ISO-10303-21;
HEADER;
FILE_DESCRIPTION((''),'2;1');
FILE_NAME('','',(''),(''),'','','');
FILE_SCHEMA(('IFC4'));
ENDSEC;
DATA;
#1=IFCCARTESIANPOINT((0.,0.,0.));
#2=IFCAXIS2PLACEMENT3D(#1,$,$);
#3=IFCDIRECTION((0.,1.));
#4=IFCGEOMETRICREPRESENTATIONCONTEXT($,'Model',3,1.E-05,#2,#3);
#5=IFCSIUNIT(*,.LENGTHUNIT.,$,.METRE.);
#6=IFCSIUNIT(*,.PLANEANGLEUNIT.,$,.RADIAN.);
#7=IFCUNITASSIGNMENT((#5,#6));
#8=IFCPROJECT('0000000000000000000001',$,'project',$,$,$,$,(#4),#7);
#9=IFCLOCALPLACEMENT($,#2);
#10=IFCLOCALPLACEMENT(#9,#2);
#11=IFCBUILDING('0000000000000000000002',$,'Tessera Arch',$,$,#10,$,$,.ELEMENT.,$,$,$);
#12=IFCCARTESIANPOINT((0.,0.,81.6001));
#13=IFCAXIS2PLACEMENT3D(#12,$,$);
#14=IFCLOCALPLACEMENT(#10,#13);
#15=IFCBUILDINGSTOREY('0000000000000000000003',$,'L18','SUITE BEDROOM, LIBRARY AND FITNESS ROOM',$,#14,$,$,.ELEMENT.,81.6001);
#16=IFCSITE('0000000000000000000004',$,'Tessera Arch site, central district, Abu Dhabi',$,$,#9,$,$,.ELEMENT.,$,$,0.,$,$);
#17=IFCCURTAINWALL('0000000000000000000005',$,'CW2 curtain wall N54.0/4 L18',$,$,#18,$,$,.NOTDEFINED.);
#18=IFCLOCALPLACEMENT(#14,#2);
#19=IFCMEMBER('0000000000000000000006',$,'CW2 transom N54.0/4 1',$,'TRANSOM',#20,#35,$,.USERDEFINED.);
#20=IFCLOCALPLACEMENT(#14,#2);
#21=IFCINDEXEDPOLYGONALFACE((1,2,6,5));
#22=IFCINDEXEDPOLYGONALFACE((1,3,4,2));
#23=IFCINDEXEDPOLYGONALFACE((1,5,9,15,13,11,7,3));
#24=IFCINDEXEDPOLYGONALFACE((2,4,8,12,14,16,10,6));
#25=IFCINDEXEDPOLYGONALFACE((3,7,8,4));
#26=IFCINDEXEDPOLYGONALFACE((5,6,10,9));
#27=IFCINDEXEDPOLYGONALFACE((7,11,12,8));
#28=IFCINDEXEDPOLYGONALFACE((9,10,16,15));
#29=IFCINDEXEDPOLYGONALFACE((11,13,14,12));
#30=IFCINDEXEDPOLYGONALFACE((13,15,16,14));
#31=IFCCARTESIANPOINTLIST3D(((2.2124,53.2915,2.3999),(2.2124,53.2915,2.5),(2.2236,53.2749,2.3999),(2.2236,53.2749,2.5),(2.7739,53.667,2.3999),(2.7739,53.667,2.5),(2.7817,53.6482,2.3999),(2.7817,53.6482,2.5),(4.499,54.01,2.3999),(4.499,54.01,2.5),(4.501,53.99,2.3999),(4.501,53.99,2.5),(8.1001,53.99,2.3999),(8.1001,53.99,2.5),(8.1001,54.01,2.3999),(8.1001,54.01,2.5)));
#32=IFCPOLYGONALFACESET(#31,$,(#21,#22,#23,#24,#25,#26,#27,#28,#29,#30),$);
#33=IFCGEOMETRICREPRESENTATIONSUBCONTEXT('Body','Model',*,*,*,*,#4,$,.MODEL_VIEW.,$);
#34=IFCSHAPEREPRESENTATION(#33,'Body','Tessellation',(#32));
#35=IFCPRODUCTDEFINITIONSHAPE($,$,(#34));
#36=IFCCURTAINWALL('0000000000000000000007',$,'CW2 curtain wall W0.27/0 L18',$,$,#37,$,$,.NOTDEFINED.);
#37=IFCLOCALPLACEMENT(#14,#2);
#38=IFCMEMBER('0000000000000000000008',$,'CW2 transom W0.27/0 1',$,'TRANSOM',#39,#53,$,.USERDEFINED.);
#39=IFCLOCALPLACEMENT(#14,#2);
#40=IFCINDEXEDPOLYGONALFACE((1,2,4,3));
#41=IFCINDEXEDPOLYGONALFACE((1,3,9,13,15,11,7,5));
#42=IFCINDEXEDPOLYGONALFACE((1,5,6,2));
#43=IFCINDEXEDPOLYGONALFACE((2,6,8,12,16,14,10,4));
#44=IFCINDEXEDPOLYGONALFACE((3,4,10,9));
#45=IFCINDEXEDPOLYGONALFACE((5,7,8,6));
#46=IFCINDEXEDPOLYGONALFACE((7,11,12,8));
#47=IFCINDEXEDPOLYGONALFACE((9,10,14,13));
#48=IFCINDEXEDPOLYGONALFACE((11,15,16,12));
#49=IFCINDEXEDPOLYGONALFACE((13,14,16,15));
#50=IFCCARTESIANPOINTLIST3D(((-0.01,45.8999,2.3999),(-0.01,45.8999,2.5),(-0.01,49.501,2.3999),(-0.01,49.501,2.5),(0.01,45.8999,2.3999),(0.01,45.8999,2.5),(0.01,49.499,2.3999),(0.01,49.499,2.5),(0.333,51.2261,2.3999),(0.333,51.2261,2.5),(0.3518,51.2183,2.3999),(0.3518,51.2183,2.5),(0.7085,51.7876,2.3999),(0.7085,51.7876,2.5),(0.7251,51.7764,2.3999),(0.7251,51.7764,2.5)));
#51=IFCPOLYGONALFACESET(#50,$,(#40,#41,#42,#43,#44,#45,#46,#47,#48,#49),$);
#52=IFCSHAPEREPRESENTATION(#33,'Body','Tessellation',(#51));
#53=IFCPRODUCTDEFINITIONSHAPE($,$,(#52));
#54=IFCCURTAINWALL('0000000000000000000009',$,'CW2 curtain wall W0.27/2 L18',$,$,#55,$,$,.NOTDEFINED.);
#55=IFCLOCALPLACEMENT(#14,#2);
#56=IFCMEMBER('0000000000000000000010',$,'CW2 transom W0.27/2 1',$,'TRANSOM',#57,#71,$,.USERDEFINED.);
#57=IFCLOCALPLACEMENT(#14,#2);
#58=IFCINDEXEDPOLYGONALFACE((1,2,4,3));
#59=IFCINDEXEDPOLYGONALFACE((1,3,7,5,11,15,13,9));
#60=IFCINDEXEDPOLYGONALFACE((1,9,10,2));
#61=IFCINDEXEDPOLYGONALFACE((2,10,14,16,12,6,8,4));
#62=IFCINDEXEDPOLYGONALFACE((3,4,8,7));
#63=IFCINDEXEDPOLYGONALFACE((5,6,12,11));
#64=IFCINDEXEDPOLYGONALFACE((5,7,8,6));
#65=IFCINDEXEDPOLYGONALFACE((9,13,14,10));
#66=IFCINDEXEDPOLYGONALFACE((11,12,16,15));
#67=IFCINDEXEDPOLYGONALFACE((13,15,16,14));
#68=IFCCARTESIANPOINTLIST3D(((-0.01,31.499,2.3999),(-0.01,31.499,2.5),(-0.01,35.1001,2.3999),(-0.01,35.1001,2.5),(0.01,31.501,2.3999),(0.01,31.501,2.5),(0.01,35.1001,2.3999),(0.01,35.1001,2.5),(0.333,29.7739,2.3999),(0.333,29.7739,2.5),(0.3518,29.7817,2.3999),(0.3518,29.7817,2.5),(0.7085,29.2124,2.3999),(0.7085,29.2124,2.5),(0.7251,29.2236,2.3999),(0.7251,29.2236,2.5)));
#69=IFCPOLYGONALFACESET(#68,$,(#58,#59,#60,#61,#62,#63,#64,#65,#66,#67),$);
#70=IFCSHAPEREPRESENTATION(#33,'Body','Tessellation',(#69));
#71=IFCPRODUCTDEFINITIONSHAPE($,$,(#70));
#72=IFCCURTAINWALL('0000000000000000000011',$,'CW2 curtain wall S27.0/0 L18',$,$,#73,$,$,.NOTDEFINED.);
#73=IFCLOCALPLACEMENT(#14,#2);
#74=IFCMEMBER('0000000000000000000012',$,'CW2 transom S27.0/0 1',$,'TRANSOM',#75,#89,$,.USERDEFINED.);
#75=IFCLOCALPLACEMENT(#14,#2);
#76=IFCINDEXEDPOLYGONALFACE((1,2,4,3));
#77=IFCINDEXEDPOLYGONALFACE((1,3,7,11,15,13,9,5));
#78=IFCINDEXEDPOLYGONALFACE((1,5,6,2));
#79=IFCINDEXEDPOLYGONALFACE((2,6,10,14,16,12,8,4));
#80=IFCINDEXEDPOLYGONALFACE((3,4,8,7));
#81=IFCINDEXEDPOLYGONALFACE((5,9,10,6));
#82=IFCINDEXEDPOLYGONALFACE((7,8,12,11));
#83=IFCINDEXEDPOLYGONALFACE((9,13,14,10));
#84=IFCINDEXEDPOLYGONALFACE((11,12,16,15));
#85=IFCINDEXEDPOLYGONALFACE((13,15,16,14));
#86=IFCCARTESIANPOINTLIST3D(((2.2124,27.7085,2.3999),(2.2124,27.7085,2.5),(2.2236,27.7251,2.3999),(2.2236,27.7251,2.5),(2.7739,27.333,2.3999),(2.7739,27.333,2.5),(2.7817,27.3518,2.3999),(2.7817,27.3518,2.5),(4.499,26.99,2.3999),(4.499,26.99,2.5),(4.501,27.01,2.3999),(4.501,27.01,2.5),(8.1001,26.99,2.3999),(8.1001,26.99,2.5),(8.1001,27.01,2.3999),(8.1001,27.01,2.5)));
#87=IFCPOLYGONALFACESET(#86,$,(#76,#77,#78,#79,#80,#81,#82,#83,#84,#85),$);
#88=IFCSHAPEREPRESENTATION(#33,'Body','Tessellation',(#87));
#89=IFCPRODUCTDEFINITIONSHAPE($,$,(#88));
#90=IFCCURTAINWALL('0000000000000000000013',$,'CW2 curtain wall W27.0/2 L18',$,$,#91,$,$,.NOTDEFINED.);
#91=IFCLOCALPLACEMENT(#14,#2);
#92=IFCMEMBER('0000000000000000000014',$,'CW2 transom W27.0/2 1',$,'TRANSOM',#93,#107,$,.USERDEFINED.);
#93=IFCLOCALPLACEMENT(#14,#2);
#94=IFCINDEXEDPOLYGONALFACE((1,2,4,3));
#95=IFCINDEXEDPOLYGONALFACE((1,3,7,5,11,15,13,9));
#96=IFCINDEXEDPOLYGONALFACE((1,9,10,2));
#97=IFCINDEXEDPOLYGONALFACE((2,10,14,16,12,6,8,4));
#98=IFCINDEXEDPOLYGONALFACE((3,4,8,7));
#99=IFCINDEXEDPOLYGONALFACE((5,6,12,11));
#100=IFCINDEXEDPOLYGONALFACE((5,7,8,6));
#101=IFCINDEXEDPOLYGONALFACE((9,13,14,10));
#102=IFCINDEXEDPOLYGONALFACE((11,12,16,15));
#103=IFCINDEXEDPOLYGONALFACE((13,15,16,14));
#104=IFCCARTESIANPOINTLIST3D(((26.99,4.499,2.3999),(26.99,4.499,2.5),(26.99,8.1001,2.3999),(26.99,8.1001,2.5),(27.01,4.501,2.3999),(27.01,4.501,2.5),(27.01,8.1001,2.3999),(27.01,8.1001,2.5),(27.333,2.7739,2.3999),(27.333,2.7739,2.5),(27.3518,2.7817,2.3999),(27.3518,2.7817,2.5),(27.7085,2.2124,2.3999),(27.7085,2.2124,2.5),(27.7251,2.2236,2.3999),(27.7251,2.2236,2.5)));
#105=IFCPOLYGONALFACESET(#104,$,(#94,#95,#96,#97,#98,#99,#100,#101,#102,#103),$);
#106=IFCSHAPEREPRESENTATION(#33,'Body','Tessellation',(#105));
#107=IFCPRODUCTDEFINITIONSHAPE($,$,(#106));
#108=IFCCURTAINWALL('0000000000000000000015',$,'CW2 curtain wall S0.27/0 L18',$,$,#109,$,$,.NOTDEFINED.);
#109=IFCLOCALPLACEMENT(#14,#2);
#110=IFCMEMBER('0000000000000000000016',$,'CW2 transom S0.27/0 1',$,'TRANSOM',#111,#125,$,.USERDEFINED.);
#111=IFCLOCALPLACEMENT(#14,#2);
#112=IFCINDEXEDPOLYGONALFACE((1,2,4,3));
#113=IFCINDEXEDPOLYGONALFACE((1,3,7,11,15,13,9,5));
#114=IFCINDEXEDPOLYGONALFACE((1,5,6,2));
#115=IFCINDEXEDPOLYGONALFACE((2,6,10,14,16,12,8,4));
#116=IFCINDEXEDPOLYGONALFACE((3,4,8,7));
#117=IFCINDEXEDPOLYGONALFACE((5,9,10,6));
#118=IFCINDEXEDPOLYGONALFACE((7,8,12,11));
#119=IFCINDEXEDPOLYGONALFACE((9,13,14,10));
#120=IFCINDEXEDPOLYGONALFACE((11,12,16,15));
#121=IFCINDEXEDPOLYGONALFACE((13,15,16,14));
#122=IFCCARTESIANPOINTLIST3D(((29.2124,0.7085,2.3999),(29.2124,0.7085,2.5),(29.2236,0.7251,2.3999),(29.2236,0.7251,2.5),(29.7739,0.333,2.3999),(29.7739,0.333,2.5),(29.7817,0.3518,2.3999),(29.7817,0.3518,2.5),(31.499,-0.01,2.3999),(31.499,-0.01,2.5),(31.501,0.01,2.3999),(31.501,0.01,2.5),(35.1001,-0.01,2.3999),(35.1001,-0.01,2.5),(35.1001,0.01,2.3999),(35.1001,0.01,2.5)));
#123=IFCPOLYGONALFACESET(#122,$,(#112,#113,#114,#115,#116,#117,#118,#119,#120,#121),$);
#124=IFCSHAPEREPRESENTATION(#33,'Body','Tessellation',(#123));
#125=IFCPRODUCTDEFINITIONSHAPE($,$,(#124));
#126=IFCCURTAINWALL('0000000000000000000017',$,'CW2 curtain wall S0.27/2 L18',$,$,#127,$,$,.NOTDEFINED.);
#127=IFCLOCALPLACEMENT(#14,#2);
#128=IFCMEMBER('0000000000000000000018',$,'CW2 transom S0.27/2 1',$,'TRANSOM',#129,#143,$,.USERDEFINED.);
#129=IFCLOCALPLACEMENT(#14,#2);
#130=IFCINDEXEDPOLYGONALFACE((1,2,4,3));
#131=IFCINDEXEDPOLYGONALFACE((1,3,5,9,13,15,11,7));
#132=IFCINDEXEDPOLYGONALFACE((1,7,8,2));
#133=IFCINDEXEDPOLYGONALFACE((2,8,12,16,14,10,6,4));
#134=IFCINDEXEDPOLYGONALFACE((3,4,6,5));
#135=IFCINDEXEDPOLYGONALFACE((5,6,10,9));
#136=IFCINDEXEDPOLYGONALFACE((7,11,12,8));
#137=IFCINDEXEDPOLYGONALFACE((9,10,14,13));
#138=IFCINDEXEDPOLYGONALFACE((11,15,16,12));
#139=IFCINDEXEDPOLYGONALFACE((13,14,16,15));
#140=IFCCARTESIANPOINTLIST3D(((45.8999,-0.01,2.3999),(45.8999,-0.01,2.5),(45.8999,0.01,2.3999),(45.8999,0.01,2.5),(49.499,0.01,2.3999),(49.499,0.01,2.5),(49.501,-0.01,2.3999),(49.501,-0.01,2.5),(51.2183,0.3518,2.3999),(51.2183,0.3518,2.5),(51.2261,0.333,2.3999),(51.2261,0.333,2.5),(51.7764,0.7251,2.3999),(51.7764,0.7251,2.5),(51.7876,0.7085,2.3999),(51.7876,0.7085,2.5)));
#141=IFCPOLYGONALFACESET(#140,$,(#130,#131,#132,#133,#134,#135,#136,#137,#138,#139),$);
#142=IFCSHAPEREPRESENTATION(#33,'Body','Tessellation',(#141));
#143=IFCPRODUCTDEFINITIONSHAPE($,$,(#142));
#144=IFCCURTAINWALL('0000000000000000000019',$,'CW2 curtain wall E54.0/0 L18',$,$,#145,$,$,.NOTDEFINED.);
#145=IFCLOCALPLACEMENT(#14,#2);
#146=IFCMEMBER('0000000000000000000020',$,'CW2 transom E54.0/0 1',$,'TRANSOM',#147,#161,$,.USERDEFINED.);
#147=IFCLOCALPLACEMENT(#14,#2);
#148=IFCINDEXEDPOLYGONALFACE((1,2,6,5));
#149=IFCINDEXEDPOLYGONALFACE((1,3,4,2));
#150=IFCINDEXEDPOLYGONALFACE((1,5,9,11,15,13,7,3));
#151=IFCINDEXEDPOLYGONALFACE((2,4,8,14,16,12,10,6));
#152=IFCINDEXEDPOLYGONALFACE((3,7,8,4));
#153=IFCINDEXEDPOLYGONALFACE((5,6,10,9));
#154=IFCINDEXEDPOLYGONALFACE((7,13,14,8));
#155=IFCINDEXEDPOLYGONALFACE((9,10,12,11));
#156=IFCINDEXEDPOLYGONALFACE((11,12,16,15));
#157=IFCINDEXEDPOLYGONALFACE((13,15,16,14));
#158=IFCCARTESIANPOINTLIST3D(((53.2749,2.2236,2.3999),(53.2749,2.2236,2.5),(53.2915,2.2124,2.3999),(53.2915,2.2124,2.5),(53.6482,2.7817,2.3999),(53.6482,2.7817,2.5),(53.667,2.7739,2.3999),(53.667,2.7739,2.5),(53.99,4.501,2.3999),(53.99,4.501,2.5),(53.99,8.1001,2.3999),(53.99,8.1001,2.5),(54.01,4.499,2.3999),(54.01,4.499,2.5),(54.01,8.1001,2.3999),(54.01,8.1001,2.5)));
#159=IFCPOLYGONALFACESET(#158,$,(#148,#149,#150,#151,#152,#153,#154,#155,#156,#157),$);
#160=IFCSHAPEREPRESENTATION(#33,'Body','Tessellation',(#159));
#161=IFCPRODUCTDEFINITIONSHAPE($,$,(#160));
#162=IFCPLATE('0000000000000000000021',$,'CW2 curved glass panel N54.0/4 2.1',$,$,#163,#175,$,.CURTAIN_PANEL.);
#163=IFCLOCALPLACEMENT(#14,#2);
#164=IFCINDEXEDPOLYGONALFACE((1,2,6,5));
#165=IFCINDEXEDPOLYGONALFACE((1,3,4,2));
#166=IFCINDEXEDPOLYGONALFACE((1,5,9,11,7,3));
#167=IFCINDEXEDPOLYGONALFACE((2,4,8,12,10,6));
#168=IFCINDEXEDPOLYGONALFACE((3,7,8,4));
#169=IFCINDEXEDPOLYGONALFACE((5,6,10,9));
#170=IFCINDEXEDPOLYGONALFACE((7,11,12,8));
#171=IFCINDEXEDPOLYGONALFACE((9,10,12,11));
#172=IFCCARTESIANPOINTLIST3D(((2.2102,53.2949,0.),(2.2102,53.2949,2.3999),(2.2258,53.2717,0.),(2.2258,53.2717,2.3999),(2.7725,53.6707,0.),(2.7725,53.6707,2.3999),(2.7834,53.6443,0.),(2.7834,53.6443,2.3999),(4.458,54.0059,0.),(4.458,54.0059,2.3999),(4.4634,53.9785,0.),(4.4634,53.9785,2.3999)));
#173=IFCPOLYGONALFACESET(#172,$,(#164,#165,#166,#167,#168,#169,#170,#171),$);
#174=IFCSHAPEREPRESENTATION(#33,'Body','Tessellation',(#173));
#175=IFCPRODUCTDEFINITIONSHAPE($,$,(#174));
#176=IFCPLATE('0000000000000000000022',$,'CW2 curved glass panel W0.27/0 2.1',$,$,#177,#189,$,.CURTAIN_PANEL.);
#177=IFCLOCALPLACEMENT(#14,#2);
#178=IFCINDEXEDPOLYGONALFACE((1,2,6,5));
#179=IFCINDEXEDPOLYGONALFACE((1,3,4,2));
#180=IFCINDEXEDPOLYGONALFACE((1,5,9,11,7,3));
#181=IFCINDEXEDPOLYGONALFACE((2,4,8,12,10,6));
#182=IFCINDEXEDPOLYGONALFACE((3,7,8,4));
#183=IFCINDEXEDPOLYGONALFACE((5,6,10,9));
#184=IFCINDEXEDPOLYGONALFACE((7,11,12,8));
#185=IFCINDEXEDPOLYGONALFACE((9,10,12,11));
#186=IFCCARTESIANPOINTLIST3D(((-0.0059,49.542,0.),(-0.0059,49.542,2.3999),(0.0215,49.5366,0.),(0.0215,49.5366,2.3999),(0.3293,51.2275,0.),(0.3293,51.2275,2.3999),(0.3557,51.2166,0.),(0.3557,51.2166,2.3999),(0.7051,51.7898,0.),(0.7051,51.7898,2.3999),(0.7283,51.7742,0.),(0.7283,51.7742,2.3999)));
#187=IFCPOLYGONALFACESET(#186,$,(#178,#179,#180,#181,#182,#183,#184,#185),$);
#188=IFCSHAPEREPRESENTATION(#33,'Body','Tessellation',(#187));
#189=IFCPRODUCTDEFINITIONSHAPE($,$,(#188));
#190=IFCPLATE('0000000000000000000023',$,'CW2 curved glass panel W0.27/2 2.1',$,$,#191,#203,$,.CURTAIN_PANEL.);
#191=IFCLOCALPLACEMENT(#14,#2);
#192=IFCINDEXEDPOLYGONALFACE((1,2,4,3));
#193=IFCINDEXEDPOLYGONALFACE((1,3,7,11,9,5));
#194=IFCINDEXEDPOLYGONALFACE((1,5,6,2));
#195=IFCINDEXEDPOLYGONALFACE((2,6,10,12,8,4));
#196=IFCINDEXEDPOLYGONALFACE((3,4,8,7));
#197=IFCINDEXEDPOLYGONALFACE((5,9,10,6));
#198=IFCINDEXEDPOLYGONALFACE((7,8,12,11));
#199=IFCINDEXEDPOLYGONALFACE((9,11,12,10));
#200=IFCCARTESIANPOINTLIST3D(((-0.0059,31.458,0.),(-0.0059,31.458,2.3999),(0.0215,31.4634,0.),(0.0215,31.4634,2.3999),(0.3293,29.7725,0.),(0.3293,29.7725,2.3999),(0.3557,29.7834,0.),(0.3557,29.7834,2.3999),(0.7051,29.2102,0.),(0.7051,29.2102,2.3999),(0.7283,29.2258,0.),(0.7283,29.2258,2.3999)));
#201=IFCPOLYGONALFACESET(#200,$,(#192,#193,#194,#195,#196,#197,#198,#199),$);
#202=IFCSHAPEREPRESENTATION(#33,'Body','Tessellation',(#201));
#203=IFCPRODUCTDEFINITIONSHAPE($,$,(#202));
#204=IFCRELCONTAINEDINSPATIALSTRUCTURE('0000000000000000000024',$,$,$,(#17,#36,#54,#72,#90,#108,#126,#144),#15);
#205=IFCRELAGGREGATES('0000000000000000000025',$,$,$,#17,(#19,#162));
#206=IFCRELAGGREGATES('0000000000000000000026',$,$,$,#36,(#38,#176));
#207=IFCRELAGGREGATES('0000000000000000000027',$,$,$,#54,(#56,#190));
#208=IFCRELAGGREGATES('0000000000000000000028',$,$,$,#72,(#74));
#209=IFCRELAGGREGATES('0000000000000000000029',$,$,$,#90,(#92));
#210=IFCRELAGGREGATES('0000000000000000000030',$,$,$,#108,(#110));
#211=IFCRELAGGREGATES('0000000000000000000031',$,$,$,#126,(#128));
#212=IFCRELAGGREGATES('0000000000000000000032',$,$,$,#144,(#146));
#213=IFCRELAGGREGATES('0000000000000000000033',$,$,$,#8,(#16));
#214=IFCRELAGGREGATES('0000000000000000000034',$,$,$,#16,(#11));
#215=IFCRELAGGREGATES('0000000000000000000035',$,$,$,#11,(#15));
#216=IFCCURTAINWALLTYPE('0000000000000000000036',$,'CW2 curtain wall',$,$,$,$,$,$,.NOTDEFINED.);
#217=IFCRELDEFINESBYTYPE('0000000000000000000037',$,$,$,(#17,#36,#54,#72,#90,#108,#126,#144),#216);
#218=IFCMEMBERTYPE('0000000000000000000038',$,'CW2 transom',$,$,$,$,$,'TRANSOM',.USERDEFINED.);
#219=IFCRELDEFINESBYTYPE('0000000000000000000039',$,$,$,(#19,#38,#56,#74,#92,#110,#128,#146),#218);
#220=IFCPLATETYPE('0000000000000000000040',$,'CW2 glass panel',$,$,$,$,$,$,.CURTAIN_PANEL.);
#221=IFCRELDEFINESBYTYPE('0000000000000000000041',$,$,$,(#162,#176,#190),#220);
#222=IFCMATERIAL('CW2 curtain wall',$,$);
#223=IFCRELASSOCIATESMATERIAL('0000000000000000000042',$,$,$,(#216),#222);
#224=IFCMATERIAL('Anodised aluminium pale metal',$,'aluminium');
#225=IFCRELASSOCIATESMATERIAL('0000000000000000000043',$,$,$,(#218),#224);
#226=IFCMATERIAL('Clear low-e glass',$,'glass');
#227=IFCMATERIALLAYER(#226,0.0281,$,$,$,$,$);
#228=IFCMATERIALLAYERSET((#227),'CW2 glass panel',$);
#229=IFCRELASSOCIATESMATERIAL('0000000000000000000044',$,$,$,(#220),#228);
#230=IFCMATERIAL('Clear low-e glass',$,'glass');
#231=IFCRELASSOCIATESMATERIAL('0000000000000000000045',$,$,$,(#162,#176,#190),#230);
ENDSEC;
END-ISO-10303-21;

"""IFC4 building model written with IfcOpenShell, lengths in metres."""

from ifc_helpers import new_model, si_unit, direction, frame, origin, origin_2d, place, context, subcontext, project, spatial, polyline, rectangle, outline, extrude, material, layer, layer_set, material_profile, profile_set, type_object, element, aggregate, save


model = new_model("IFC4")

# Units and contexts
model_context = context("Model", 3, precision=1e-05, world=origin(), true_north=direction((0.0, 1.0)))
body_context = subcontext(model_context, "Body", "Model", "MODEL_VIEW")
ifc_project = project(units=[si_unit("LENGTHUNIT", "METRE"), si_unit("PLANEANGLEUNIT", "RADIAN")], contexts=[model_context])

# Site, building, storey
site_placement = place(None, origin())
site = spatial("IfcSite", under=ifc_project, at=site_placement, Name="Tessera Arch site, central district, Abu Dhabi", CompositionType="ELEMENT", RefElevation=0.0)
building_placement = place(site_placement, origin())
building = spatial("IfcBuilding", under=site, at=building_placement, Name="Tessera Arch", CompositionType="ELEMENT")
storey_placement = place(building_placement, frame((0.0, 0.0, 81.6001)))
storey = spatial("IfcBuildingStorey", under=building, at=storey_placement, Name="L18", Description="SUITE BEDROOM, LIBRARY AND FITNESS ROOM", CompositionType="ELEMENT", Elevation=81.6001)

# Curtain walls, members
ifc_material_1 = material(Name="CW2 curtain wall")
curtain_wall_type = type_object("IfcCurtainWallType", Name="CW2 curtain wall", PredefinedType="NOTDEFINED", material=ifc_material_1)
curtain_wall_1_placement = place(storey_placement, origin())
curtain_wall_1 = element("IfcCurtainWall", 1, at=curtain_wall_1_placement, inside=storey, type_object=curtain_wall_type, Name="CW2 curtain wall N54.0/4 L18", PredefinedType="NOTDEFINED")
ifc_material_2 = material(Name="Anodised aluminium pale metal", Category="aluminium")
ifc_material_profile = material_profile(ifc_material_2, rectangle(XDim=0.2, YDim=0.1001, at=origin_2d()), Name="AL 200x100")
ifc_profile_set = profile_set([ifc_material_profile], Name="Anodised aluminium pale metal")
member_type = type_object("IfcMemberType", Name="CW2 transom", ElementType="TRANSOM", PredefinedType="USERDEFINED", material=ifc_profile_set)
member_1_placement = place(storey_placement, frame((0.0, 0.0, 2.3999)))
member_1 = element("IfcMember", 2, at=member_1_placement, type_object=member_type, Name="CW2 transom N54.0/4 1", ObjectType="TRANSOM", PredefinedType="USERDEFINED", context=body_context, shape_type="SweptSolid", body=[
    extrude(outline(polyline([(4.501, 53.99), (8.1001, 53.99), (8.1001, 54.01), (4.499, 54.01), (2.7739, 53.667), (2.2124, 53.2915), (2.2236, 53.2749), (2.7817, 53.6482), (4.501, 53.99)])), origin(), (0.0, 0.0, 1.0), 0.1001),
])
curtain_wall_2_placement = place(storey_placement, origin())
curtain_wall_2 = element("IfcCurtainWall", 3, at=curtain_wall_2_placement, inside=storey, type_object=curtain_wall_type, Name="CW2 curtain wall W0.27/0 L18", PredefinedType="NOTDEFINED")
member_2_placement = place(storey_placement, frame((0.0, 0.0, 2.3999)))
member_2 = element("IfcMember", 4, at=member_2_placement, type_object=member_type, Name="CW2 transom W0.27/0 1", ObjectType="TRANSOM", PredefinedType="USERDEFINED", context=body_context, shape_type="SweptSolid", body=[
    extrude(outline(polyline([(0.3518, 51.2183), (0.7251, 51.7764), (0.7085, 51.7876), (0.333, 51.2261), (-0.01, 49.501), (-0.01, 45.8999), (0.01, 45.8999), (0.01, 49.499), (0.3518, 51.2183)])), origin(), (0.0, 0.0, 1.0), 0.1001),
])
curtain_wall_3_placement = place(storey_placement, origin())
curtain_wall_3 = element("IfcCurtainWall", 5, at=curtain_wall_3_placement, inside=storey, type_object=curtain_wall_type, Name="CW2 curtain wall W0.27/2 L18", PredefinedType="NOTDEFINED")
member_3_placement = place(storey_placement, frame((0.0, 0.0, 2.3999)))
member_3 = element("IfcMember", 6, at=member_3_placement, type_object=member_type, Name="CW2 transom W0.27/2 1", ObjectType="TRANSOM", PredefinedType="USERDEFINED", context=body_context, shape_type="SweptSolid", body=[
    extrude(outline(polyline([(0.01, 31.501), (0.01, 35.1001), (-0.01, 35.1001), (-0.01, 31.499), (0.333, 29.7739), (0.7085, 29.2124), (0.7251, 29.2236), (0.3518, 29.7817), (0.01, 31.501)])), origin(), (0.0, 0.0, 1.0), 0.1001),
])
curtain_wall_4_placement = place(storey_placement, origin())
curtain_wall_4 = element("IfcCurtainWall", 7, at=curtain_wall_4_placement, inside=storey, type_object=curtain_wall_type, Name="CW2 curtain wall S27.0/0 L18", PredefinedType="NOTDEFINED")
member_4_placement = place(storey_placement, frame((0.0, 0.0, 2.3999)))
member_4 = element("IfcMember", 8, at=member_4_placement, type_object=member_type, Name="CW2 transom S27.0/0 1", ObjectType="TRANSOM", PredefinedType="USERDEFINED", context=body_context, shape_type="SweptSolid", body=[
    extrude(outline(polyline([(2.7817, 27.3518), (2.2236, 27.7251), (2.2124, 27.7085), (2.7739, 27.333), (4.499, 26.99), (8.1001, 26.99), (8.1001, 27.01), (4.501, 27.01), (2.7817, 27.3518)])), origin(), (0.0, 0.0, 1.0), 0.1001),
])
curtain_wall_5_placement = place(storey_placement, origin())
curtain_wall_5 = element("IfcCurtainWall", 9, at=curtain_wall_5_placement, inside=storey, type_object=curtain_wall_type, Name="CW2 curtain wall W27.0/2 L18", PredefinedType="NOTDEFINED")
member_5_placement = place(storey_placement, frame((0.0, 0.0, 2.3999)))
member_5 = element("IfcMember", 10, at=member_5_placement, type_object=member_type, Name="CW2 transom W27.0/2 1", ObjectType="TRANSOM", PredefinedType="USERDEFINED", context=body_context, shape_type="SweptSolid", body=[
    extrude(outline(polyline([(27.01, 4.501), (27.01, 8.1001), (26.99, 8.1001), (26.99, 4.499), (27.333, 2.7739), (27.7085, 2.2124), (27.7251, 2.2236), (27.3518, 2.7817), (27.01, 4.501)])), origin(), (0.0, 0.0, 1.0), 0.1001),
])
curtain_wall_6_placement = place(storey_placement, origin())
curtain_wall_6 = element("IfcCurtainWall", 11, at=curtain_wall_6_placement, inside=storey, type_object=curtain_wall_type, Name="CW2 curtain wall S0.27/0 L18", PredefinedType="NOTDEFINED")
member_6_placement = place(storey_placement, frame((0.0, 0.0, 2.3999)))
member_6 = element("IfcMember", 12, at=member_6_placement, type_object=member_type, Name="CW2 transom S0.27/0 1", ObjectType="TRANSOM", PredefinedType="USERDEFINED", context=body_context, shape_type="SweptSolid", body=[
    extrude(outline(polyline([(29.7817, 0.3518), (29.2236, 0.7251), (29.2124, 0.7085), (29.7739, 0.333), (31.499, -0.01), (35.1001, -0.01), (35.1001, 0.01), (31.501, 0.01), (29.7817, 0.3518)])), origin(), (0.0, 0.0, 1.0), 0.1001),
])
curtain_wall_7_placement = place(storey_placement, origin())
curtain_wall_7 = element("IfcCurtainWall", 13, at=curtain_wall_7_placement, inside=storey, type_object=curtain_wall_type, Name="CW2 curtain wall S0.27/2 L18", PredefinedType="NOTDEFINED")
member_7_placement = place(storey_placement, frame((0.0, 0.0, 2.3999)))
member_7 = element("IfcMember", 14, at=member_7_placement, type_object=member_type, Name="CW2 transom S0.27/2 1", ObjectType="TRANSOM", PredefinedType="USERDEFINED", context=body_context, shape_type="SweptSolid", body=[
    extrude(outline(polyline([(49.499, 0.01), (45.8999, 0.01), (45.8999, -0.01), (49.501, -0.01), (51.2261, 0.333), (51.7876, 0.7085), (51.7764, 0.7251), (51.2183, 0.3518), (49.499, 0.01)])), origin(), (0.0, 0.0, 1.0), 0.1001),
])
curtain_wall_8_placement = place(storey_placement, origin())
curtain_wall_8 = element("IfcCurtainWall", 15, at=curtain_wall_8_placement, inside=storey, type_object=curtain_wall_type, Name="CW2 curtain wall E54.0/0 L18", PredefinedType="NOTDEFINED")
member_8_placement = place(storey_placement, frame((0.0, 0.0, 2.3999)))
member_8 = element("IfcMember", 16, at=member_8_placement, type_object=member_type, Name="CW2 transom E54.0/0 1", ObjectType="TRANSOM", PredefinedType="USERDEFINED", context=body_context, shape_type="SweptSolid", body=[
    extrude(outline(polyline([(53.6482, 2.7817), (53.2749, 2.2236), (53.2915, 2.2124), (53.667, 2.7739), (54.01, 4.499), (54.01, 8.1001), (53.99, 8.1001), (53.99, 4.501), (53.6482, 2.7817)])), origin(), (0.0, 0.0, 1.0), 0.1001),
])

# Plates
ifc_material_3 = material(Name="Clear low-e glass", Category="glass")
ifc_material_4 = material(Name="Clear low-e glass", Category="glass")
ifc_layer_1 = layer(ifc_material_4, 0.0281)
ifc_layer_set_1 = layer_set([ifc_layer_1], Name="CW2 glass panel")
plate_type_1 = type_object("IfcPlateType", Name="CW2 glass panel", PredefinedType="CURTAIN_PANEL", material=ifc_layer_set_1)
plate_1_placement = place(storey_placement, origin())
plate_1 = element("IfcPlate", 17, at=plate_1_placement, type_object=plate_type_1, material=ifc_material_3, Name="CW2 curved glass panel N54.0/4 2.1", PredefinedType="CURTAIN_PANEL", context=body_context, shape_type="SweptSolid", body=[
    extrude(outline(polyline([(2.7834, 53.6443), (4.4634, 53.9785), (4.458, 54.0059), (2.7725, 53.6707), (2.2102, 53.2949), (2.2258, 53.2717), (2.7834, 53.6443)])), origin(), (0.0, 0.0, 1.0), 2.3999),
])
plate_2_placement = place(storey_placement, origin())
plate_2 = element("IfcPlate", 18, at=plate_2_placement, type_object=plate_type_1, material=ifc_material_3, Name="CW2 curved glass panel W0.27/0 2.1", PredefinedType="CURTAIN_PANEL", context=body_context, shape_type="SweptSolid", body=[
    extrude(outline(polyline([(0.3557, 51.2166), (0.7283, 51.7742), (0.7051, 51.7898), (0.3293, 51.2275), (-0.0059, 49.542), (0.0215, 49.5366), (0.3557, 51.2166)])), origin(), (0.0, 0.0, 1.0), 2.3999),
])
plate_3_placement = place(storey_placement, origin())
plate_3 = element("IfcPlate", 19, at=plate_3_placement, type_object=plate_type_1, material=ifc_material_3, Name="CW2 curved glass panel W0.27/2 2.1", PredefinedType="CURTAIN_PANEL", context=body_context, shape_type="SweptSolid", body=[
    extrude(outline(polyline([(0.3557, 29.7834), (0.0215, 31.4634), (-0.0059, 31.458), (0.3293, 29.7725), (0.7051, 29.2102), (0.7283, 29.2258), (0.3557, 29.7834)])), origin(), (0.0, 0.0, 1.0), 2.3999),
])
aggregate(curtain_wall_1, [member_1, plate_1])
aggregate(curtain_wall_2, [member_2, plate_2])
aggregate(curtain_wall_3, [member_3, plate_3])
aggregate(curtain_wall_4, [member_4])
aggregate(curtain_wall_5, [member_5])
aggregate(curtain_wall_6, [member_6])
aggregate(curtain_wall_7, [member_7])
aggregate(curtain_wall_8, [member_8])

save(model, "model.ifc")
